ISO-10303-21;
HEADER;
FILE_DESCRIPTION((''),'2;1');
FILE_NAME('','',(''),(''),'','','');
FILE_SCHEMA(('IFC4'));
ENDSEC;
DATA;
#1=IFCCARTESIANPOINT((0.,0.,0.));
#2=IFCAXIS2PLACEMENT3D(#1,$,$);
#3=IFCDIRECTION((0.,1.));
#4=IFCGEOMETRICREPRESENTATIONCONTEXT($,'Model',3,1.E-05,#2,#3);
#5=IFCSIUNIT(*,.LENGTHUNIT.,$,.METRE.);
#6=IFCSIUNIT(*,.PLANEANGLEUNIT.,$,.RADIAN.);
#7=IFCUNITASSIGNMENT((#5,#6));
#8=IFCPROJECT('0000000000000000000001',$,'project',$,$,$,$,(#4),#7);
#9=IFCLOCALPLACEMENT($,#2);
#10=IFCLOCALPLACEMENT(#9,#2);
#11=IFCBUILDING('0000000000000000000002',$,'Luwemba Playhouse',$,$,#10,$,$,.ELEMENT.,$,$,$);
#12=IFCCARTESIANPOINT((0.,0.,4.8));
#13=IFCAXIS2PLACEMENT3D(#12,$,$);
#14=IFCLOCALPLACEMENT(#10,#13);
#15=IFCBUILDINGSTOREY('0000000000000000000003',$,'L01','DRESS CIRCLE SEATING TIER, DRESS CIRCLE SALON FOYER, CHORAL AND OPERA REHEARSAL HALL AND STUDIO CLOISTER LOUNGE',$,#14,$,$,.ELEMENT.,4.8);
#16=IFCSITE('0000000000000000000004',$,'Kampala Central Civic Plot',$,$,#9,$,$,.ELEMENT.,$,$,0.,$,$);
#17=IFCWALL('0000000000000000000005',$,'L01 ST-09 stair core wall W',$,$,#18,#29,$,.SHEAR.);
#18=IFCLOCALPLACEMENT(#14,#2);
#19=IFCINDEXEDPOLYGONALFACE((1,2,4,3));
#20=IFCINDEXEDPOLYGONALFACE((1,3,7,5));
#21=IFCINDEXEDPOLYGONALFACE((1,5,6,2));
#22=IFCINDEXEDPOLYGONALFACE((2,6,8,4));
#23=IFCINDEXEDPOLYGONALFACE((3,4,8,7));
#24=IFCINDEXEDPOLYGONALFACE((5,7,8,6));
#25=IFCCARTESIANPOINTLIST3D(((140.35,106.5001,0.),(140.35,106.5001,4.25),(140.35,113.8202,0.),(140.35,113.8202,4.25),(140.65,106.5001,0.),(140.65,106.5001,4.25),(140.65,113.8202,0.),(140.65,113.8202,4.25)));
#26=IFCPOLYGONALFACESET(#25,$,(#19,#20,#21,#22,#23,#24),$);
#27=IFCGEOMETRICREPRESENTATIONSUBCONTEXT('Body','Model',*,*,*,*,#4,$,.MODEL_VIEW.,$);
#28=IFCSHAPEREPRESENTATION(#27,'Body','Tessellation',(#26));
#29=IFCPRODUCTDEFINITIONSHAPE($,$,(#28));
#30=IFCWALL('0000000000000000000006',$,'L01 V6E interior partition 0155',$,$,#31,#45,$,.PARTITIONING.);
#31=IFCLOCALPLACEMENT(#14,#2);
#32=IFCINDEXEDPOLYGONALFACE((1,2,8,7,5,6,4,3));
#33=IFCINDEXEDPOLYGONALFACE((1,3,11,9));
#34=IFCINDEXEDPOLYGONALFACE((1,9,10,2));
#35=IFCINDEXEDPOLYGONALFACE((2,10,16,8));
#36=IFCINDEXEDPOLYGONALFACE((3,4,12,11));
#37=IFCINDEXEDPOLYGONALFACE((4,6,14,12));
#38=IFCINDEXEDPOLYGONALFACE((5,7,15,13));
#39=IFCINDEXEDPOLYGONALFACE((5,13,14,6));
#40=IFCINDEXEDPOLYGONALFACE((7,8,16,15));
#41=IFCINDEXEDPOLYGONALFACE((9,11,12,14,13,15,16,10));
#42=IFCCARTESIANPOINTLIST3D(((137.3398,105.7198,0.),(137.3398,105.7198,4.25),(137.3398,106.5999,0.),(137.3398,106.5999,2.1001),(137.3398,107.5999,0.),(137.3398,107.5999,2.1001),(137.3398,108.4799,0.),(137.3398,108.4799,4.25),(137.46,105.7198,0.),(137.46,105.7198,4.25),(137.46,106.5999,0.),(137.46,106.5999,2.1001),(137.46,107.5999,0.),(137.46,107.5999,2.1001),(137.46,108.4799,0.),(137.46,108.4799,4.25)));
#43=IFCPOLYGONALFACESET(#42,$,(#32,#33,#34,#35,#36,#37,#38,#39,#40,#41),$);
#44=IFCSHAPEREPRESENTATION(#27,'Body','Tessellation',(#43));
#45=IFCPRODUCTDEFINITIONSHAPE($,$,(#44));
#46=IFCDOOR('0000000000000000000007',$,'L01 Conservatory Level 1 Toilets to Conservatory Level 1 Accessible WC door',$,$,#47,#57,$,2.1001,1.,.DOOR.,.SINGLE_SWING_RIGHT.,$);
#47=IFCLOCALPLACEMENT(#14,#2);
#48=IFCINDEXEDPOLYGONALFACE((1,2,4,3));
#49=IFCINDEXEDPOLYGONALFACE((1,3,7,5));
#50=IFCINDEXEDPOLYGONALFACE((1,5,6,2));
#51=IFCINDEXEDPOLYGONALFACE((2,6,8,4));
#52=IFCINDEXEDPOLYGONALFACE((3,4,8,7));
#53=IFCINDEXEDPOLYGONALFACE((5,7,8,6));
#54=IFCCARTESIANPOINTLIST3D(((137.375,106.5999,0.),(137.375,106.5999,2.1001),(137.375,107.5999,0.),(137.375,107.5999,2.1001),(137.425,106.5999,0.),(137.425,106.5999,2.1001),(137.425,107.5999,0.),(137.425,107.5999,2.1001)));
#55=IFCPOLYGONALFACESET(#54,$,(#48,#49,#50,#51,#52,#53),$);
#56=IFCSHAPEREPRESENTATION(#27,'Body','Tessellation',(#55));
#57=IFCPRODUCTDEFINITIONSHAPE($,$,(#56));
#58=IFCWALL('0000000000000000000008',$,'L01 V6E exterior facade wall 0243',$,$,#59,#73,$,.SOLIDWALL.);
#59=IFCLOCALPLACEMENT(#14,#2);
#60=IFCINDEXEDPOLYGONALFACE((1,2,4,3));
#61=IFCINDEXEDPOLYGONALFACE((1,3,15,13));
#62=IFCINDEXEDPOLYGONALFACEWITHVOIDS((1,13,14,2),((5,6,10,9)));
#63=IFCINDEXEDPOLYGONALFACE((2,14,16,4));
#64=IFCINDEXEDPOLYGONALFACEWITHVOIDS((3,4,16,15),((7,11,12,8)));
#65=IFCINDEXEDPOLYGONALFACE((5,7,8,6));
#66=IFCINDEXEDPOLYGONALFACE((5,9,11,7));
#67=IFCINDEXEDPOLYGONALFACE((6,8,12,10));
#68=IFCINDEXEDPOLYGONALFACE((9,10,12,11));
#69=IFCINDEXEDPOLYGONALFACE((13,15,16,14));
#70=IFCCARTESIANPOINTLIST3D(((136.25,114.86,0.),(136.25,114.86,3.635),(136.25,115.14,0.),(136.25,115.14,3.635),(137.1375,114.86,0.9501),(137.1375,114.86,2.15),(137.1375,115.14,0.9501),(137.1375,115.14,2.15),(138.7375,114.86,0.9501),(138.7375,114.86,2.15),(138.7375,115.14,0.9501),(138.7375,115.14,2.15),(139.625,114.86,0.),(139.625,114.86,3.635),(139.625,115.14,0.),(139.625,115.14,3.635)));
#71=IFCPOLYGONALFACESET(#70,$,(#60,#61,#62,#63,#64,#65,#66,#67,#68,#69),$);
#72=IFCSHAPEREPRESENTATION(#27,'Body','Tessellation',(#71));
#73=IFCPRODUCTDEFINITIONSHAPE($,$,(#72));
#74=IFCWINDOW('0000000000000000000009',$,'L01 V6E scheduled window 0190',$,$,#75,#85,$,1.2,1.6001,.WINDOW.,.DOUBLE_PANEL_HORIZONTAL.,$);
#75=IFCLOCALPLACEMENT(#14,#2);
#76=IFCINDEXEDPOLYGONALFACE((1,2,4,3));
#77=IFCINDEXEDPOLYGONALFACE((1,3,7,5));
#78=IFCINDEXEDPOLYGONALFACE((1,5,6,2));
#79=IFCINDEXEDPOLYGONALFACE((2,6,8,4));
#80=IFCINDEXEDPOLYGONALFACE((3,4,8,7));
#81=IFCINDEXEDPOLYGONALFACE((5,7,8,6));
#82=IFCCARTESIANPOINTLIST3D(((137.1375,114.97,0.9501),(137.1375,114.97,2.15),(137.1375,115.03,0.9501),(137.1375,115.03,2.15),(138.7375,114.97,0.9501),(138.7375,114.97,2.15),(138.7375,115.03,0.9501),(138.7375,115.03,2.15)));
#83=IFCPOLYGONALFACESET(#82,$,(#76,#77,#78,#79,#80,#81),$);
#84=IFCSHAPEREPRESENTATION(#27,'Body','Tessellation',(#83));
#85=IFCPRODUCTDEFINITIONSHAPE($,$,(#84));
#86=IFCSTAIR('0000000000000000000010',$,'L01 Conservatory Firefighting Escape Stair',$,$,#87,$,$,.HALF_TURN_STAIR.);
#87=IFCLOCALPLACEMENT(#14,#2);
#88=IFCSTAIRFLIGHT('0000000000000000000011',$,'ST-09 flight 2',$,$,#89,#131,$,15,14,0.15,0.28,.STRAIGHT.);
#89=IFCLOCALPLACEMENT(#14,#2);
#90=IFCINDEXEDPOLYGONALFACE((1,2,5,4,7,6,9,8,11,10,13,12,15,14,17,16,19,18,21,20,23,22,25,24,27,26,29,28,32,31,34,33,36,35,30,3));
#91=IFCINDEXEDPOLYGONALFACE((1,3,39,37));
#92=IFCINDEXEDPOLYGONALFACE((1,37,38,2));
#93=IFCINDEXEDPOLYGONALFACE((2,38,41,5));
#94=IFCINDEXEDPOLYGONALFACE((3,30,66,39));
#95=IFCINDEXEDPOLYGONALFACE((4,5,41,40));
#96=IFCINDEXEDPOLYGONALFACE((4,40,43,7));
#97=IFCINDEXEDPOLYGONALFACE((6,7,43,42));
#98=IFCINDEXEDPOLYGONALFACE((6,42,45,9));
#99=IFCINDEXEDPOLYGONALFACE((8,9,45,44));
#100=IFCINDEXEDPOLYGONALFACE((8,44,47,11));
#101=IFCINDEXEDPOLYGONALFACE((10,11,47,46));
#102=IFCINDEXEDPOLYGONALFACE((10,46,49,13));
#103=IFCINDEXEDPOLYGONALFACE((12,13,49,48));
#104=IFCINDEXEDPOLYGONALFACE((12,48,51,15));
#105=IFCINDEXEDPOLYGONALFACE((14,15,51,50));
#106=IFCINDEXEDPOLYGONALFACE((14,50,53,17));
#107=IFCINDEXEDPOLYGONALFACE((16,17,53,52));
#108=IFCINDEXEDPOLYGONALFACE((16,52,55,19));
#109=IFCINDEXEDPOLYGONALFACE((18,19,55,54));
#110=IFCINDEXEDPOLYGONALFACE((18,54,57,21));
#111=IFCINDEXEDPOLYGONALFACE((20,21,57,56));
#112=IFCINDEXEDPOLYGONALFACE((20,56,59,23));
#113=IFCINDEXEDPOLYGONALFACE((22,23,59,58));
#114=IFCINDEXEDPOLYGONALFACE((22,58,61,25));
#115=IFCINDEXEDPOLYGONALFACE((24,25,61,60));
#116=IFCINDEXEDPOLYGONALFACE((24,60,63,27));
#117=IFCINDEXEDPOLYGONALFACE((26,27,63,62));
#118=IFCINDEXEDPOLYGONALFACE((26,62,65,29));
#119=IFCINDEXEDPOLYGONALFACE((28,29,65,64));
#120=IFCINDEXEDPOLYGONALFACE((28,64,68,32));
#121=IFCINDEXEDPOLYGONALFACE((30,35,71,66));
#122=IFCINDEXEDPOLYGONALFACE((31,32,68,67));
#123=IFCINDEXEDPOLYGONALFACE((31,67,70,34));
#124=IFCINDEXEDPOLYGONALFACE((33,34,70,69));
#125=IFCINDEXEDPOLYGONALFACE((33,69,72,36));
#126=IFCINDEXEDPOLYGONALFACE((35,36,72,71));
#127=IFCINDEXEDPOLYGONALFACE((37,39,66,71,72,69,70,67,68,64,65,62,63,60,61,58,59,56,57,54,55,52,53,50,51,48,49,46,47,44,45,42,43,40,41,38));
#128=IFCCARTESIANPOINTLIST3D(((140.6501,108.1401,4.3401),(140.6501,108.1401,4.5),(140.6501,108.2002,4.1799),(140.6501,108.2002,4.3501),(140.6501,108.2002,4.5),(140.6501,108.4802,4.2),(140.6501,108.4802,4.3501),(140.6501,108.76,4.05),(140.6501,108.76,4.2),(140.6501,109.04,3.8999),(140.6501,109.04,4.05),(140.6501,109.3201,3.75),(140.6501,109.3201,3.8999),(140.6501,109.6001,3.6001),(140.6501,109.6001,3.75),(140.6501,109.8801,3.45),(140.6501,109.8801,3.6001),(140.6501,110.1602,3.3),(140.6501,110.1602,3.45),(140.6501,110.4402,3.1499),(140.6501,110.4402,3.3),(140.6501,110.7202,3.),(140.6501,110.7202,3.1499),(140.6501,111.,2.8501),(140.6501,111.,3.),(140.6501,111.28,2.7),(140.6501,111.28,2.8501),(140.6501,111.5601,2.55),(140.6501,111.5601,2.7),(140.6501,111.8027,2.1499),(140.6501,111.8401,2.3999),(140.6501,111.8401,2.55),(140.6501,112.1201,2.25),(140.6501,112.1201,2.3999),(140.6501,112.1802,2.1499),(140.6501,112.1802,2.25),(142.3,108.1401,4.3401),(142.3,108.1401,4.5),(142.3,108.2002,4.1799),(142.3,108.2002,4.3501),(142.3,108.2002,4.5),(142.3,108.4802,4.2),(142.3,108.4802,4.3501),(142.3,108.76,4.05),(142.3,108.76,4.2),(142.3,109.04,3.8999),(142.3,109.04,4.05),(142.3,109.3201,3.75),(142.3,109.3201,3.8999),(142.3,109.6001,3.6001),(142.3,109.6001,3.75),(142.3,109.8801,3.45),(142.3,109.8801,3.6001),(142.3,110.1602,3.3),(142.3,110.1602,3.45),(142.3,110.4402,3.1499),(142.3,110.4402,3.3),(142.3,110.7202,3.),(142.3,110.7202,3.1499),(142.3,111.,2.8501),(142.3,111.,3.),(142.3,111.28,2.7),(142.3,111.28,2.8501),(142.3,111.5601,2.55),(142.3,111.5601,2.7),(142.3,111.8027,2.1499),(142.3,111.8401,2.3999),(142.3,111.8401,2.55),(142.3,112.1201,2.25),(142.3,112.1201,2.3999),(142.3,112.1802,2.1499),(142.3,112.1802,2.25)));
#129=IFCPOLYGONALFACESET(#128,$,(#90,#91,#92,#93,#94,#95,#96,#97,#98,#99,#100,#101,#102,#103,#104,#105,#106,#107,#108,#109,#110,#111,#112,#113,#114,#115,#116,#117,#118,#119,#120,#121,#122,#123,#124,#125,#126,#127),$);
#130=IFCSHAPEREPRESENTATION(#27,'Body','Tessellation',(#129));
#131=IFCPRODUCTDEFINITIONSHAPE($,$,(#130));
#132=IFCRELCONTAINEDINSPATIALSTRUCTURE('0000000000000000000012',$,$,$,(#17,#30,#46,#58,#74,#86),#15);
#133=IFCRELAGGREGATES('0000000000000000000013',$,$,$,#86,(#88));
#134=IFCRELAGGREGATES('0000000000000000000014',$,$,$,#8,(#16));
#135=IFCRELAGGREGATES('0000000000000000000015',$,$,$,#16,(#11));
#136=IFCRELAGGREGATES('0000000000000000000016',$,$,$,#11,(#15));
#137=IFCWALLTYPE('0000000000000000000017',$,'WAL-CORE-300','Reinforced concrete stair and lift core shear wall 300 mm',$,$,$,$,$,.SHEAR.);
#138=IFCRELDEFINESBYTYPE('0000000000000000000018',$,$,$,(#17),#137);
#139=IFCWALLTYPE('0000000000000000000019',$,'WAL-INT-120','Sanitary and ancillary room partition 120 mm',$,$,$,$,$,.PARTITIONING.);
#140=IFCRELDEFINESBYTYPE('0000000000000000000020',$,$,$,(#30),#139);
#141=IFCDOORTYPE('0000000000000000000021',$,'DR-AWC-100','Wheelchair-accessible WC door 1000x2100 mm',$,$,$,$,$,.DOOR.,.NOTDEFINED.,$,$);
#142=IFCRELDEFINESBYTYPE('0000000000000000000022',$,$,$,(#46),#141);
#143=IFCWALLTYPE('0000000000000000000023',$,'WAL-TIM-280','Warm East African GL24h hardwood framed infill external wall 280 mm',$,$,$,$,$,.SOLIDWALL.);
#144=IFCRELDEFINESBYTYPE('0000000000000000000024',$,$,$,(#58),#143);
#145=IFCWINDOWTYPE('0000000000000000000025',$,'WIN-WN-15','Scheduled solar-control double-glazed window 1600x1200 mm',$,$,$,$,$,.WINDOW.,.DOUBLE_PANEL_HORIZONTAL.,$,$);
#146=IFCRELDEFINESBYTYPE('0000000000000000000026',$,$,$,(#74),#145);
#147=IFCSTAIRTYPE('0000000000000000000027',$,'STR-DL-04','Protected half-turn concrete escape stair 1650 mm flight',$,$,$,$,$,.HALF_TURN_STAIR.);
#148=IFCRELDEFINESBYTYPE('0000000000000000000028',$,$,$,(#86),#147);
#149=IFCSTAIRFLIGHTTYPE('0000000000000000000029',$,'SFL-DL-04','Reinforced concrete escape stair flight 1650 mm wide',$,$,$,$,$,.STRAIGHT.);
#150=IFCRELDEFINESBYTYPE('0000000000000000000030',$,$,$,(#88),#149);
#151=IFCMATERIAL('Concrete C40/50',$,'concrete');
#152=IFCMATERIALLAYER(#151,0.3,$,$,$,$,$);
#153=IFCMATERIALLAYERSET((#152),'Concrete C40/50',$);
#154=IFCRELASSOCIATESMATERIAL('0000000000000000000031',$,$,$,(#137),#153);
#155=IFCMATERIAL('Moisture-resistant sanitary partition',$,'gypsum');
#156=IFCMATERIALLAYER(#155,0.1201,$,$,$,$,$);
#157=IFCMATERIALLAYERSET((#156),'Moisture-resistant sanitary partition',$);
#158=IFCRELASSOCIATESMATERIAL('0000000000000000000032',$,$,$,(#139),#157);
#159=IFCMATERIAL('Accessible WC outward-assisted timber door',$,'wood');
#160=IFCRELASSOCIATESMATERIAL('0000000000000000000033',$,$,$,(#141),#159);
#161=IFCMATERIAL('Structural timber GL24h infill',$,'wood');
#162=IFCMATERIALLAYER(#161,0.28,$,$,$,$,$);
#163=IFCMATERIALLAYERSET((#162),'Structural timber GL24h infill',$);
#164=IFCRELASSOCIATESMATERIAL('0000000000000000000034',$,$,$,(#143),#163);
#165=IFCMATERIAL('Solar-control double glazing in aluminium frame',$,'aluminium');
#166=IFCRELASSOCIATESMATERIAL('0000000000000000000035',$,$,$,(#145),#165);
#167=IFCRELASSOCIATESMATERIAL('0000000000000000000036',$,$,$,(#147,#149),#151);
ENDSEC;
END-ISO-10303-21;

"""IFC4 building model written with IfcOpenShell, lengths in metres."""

from ifc_helpers import new_model, si_unit, direction, frame, frame_2d, origin, place, context, subcontext, project, spatial, polyline, rectangle, outline, extrude, material, layer, layer_set, type_object, element, fill, aggregate, save


model = new_model("IFC4")

# Units and contexts
model_context = context("Model", 3, precision=1e-05, world=origin(), true_north=direction((0.0, 1.0)))
body_context = subcontext(model_context, "Body", "Model", "MODEL_VIEW")
ifc_project = project(units=[si_unit("LENGTHUNIT", "METRE"), si_unit("PLANEANGLEUNIT", "RADIAN")], contexts=[model_context])

# Site, building, storey
site_placement = place(None, origin())
site = spatial("IfcSite", under=ifc_project, at=site_placement, Name="Kampala Central Civic Plot", CompositionType="ELEMENT", RefElevation=0.0)
building_placement = place(site_placement, origin())
building = spatial("IfcBuilding", under=site, at=building_placement, Name="Luwemba Playhouse", CompositionType="ELEMENT")
storey_placement = place(building_placement, frame((0.0, 0.0, 4.8)))
storey = spatial("IfcBuildingStorey", under=building, at=storey_placement, Name="L01", Description="DRESS CIRCLE SEATING TIER, DRESS CIRCLE SALON FOYER, CHORAL AND OPERA REHEARSAL HALL AND STUDIO CLOISTER LOUNGE", CompositionType="ELEMENT", Elevation=4.8)

# Shared definitions
ifc_material_1 = material(Name="Concrete C40/50", Category="concrete")

# Shared definitions
ifc_material_2 = material(Name="Solar-control double glazing in aluminium frame", Category="aluminium")

# Wall
ifc_layer_1 = layer(ifc_material_1, 0.3)
ifc_layer_set_1 = layer_set([ifc_layer_1], Name="Concrete C40/50")
wall_type_1 = type_object("IfcWallType", Name="WAL-CORE-300", Description="Reinforced concrete stair and lift core shear wall 300 mm", PredefinedType="SHEAR", material=ifc_layer_set_1)
wall_1_placement = place(storey_placement, frame((140.5, 106.5, 0.0), z_axis=(0.0, 0.0, 1.0), x_axis=(0.0, 1.0, 0.0)))
element("IfcWall", 1, at=wall_1_placement, inside=storey, type_object=wall_type_1, Name="L01 ST-09 stair core wall W", PredefinedType="SHEAR", context=body_context, shape_type="SweptSolid", body=[
    extrude(rectangle(XDim=7.3201, YDim=0.3, at=frame_2d((3.6602, 0.0))), origin(), (0.0, 0.0, 1.0), 4.25),
])

# Wall, opening, door
ifc_material_3 = material(Name="Moisture-resistant sanitary partition", Category="gypsum")
ifc_layer_2 = layer(ifc_material_3, 0.1201)
ifc_layer_set_2 = layer_set([ifc_layer_2], Name="Moisture-resistant sanitary partition")
wall_type_2 = type_object("IfcWallType", Name="WAL-INT-120", Description="Sanitary and ancillary room partition 120 mm", PredefinedType="PARTITIONING", material=ifc_layer_set_2)
wall_2_placement = place(storey_placement, frame((137.3999, 105.72, 0.0), z_axis=(0.0, 0.0, 1.0), x_axis=(0.0, 1.0, 0.0)))
wall_2 = element("IfcWall", 2, at=wall_2_placement, inside=storey, type_object=wall_type_2, Name="L01 V6E interior partition 0155", PredefinedType="PARTITIONING", context=body_context, shape_type="SweptSolid", body=[
    extrude(rectangle(XDim=2.76, YDim=0.1201, at=frame_2d((1.3799, 0.0))), origin(), (0.0, 0.0, 1.0), 4.25),
])
opening_1_placement = place(wall_2_placement, frame((0.8799, 0.0, 0.0)))
opening_1 = element("IfcOpeningElement", 3, at=opening_1_placement, cuts=wall_2, PredefinedType="OPENING", context=body_context, shape_type="SweptSolid", body=[
    extrude(rectangle(XDim=1.0, YDim=2.1001, at=frame_2d((0.5, 1.05))), frame((0.0, 0.0701, 0.0), z_axis=(0.0, -1.0, 0.0), x_axis=(1.0, 0.0, 0.0)), (0.0, 0.0, 1.0), 0.1401),
])
ifc_material_4 = material(Name="Accessible WC outward-assisted timber door", Category="wood")
door_type = type_object("IfcDoorType", Name="DR-AWC-100", Description="Wheelchair-accessible WC door 1000x2100 mm", OperationType="NOTDEFINED", PredefinedType="DOOR", material=ifc_material_4)
door_placement = place(opening_1_placement, origin())
door = element("IfcDoor", 4, at=door_placement, inside=storey, type_object=door_type, Name="L01 Conservatory Level 1 Toilets to Conservatory Level 1 Accessible WC door", OperationType="SINGLE_SWING_RIGHT", OverallHeight=2.1001, OverallWidth=1.0, PredefinedType="DOOR", context=body_context, shape_type="SweptSolid", body=[
    extrude(rectangle(XDim=1.0, YDim=2.1001, at=frame_2d((0.5, 1.05))), frame((0.0, 0.0249, 0.0), z_axis=(0.0, -1.0, 0.0), x_axis=(1.0, 0.0, 0.0)), (0.0, 0.0, 1.0), 0.05),
])
fill(opening_1, door)

# Wall, opening, window
ifc_material_5 = material(Name="Structural timber GL24h infill", Category="wood")
ifc_layer_3 = layer(ifc_material_5, 0.28)
ifc_layer_set_3 = layer_set([ifc_layer_3], Name="Structural timber GL24h infill")
wall_type_3 = type_object("IfcWallType", Name="WAL-TIM-280", Description="Warm East African GL24h hardwood framed infill external wall 280 mm", PredefinedType="SOLIDWALL", material=ifc_layer_set_3)
wall_3_placement = place(storey_placement, frame((136.25, 115.0, 0.0), z_axis=(0.0, 0.0, 1.0), x_axis=(1.0, 0.0, 0.0)))
wall_3 = element("IfcWall", 5, at=wall_3_placement, inside=storey, type_object=wall_type_3, Name="L01 V6E exterior facade wall 0243", PredefinedType="SOLIDWALL", context=body_context, shape_type="SweptSolid", body=[
    extrude(rectangle(XDim=3.375, YDim=0.28, at=frame_2d((1.6875, 0.0))), origin(), (0.0, 0.0, 1.0), 3.635),
])
opening_2_placement = place(wall_3_placement, frame((0.8875, 0.0, 0.95)))
opening_2 = element("IfcOpeningElement", 6, at=opening_2_placement, cuts=wall_3, PredefinedType="OPENING", context=body_context, shape_type="SweptSolid", body=[
    extrude(rectangle(XDim=1.6001, YDim=1.2, at=frame_2d((0.8, 0.6001))), frame((0.0, 0.1499, 0.0), z_axis=(0.0, -1.0, 0.0), x_axis=(1.0, 0.0, 0.0)), (0.0, 0.0, 1.0), 0.3),
])
window_type_1 = type_object("IfcWindowType", Name="WIN-WN-15", Description="Scheduled solar-control double-glazed window 1600x1200 mm", PartitioningType="DOUBLE_PANEL_HORIZONTAL", PredefinedType="WINDOW", material=ifc_material_2)
window_1_placement = place(opening_2_placement, origin())
window_1 = element("IfcWindow", 7, at=window_1_placement, inside=storey, type_object=window_type_1, Name="L01 V6E scheduled window 0190", OverallHeight=1.2, OverallWidth=1.6001, PartitioningType="DOUBLE_PANEL_HORIZONTAL", PredefinedType="WINDOW", context=body_context, shape_type="SweptSolid", body=[
    extrude(rectangle(XDim=1.6001, YDim=1.2, at=frame_2d((0.8, 0.6001))), frame((0.0, 0.03, 0.0), z_axis=(0.0, -1.0, 0.0), x_axis=(1.0, 0.0, 0.0)), (0.0, 0.0, 1.0), 0.0601),
])
fill(opening_2, window_1)

# Stair, stair flight
stair_type = type_object("IfcStairType", Name="STR-DL-04", Description="Protected half-turn concrete escape stair 1650 mm flight", PredefinedType="HALF_TURN_STAIR", material=ifc_material_1)
stair_placement = place(storey_placement, origin())
stair = element("IfcStair", 8, at=stair_placement, inside=storey, type_object=stair_type, Name="L01 Conservatory Firefighting Escape Stair", PredefinedType="HALF_TURN_STAIR")
stair_flight_type = type_object("IfcStairFlightType", Name="SFL-DL-04", Description="Reinforced concrete escape stair flight 1650 mm wide", PredefinedType="STRAIGHT", material=ifc_material_1)
stair_flight_placement = place(storey_placement, frame((141.4751, 112.1201, 2.25), z_axis=(0.0, 0.0, 1.0), x_axis=(0.0, -1.0, 0.0)))
stair_flight = element("IfcStairFlight", 9, at=stair_flight_placement, type_object=stair_flight_type, Name="ST-09 flight 2", NumberOfRisers=15, NumberOfTreads=14, PredefinedType="STRAIGHT", RiserHeight=0.15, TreadLength=0.28, context=body_context, shape_type="SweptSolid", body=[
    extrude(outline(polyline([(-0.0601, -0.1001), (-0.0601, 0.0), (0.0, 0.0), (0.0, 0.1499), (0.28, 0.1499), (0.28, 0.3), (0.5601, 0.3), (0.5601, 0.45), (0.8401, 0.45), (0.8401, 0.6001), (1.1201, 0.6001), (1.1201, 0.75), (1.3999, 0.75), (1.3999, 0.8999), (1.6799, 0.8999), (1.6799, 1.05), (1.96, 1.05), (1.96, 1.2), (2.24, 1.2), (2.24, 1.3501), (2.52, 1.3501), (2.52, 1.5), (2.8, 1.5), (2.8, 1.6499), (3.0801, 1.6499), (3.0801, 1.8), (3.3601, 1.8), (3.3601, 1.95), (3.6399, 1.95), (3.6399, 2.1001), (3.9199, 2.1001), (3.9199, 2.25), (3.98, 2.25), (3.98, 2.0901), (3.9199, 1.9299), (0.3174, -0.1001), (-0.0601, -0.1001)])), frame((0.0, 0.825, 0.0), z_axis=(0.0, -1.0, 0.0), x_axis=(1.0, 0.0, 0.0)), (0.0, 0.0, 1.0), 1.6499),
])
aggregate(stair, [stair_flight])

save(model, "model.ifc")
